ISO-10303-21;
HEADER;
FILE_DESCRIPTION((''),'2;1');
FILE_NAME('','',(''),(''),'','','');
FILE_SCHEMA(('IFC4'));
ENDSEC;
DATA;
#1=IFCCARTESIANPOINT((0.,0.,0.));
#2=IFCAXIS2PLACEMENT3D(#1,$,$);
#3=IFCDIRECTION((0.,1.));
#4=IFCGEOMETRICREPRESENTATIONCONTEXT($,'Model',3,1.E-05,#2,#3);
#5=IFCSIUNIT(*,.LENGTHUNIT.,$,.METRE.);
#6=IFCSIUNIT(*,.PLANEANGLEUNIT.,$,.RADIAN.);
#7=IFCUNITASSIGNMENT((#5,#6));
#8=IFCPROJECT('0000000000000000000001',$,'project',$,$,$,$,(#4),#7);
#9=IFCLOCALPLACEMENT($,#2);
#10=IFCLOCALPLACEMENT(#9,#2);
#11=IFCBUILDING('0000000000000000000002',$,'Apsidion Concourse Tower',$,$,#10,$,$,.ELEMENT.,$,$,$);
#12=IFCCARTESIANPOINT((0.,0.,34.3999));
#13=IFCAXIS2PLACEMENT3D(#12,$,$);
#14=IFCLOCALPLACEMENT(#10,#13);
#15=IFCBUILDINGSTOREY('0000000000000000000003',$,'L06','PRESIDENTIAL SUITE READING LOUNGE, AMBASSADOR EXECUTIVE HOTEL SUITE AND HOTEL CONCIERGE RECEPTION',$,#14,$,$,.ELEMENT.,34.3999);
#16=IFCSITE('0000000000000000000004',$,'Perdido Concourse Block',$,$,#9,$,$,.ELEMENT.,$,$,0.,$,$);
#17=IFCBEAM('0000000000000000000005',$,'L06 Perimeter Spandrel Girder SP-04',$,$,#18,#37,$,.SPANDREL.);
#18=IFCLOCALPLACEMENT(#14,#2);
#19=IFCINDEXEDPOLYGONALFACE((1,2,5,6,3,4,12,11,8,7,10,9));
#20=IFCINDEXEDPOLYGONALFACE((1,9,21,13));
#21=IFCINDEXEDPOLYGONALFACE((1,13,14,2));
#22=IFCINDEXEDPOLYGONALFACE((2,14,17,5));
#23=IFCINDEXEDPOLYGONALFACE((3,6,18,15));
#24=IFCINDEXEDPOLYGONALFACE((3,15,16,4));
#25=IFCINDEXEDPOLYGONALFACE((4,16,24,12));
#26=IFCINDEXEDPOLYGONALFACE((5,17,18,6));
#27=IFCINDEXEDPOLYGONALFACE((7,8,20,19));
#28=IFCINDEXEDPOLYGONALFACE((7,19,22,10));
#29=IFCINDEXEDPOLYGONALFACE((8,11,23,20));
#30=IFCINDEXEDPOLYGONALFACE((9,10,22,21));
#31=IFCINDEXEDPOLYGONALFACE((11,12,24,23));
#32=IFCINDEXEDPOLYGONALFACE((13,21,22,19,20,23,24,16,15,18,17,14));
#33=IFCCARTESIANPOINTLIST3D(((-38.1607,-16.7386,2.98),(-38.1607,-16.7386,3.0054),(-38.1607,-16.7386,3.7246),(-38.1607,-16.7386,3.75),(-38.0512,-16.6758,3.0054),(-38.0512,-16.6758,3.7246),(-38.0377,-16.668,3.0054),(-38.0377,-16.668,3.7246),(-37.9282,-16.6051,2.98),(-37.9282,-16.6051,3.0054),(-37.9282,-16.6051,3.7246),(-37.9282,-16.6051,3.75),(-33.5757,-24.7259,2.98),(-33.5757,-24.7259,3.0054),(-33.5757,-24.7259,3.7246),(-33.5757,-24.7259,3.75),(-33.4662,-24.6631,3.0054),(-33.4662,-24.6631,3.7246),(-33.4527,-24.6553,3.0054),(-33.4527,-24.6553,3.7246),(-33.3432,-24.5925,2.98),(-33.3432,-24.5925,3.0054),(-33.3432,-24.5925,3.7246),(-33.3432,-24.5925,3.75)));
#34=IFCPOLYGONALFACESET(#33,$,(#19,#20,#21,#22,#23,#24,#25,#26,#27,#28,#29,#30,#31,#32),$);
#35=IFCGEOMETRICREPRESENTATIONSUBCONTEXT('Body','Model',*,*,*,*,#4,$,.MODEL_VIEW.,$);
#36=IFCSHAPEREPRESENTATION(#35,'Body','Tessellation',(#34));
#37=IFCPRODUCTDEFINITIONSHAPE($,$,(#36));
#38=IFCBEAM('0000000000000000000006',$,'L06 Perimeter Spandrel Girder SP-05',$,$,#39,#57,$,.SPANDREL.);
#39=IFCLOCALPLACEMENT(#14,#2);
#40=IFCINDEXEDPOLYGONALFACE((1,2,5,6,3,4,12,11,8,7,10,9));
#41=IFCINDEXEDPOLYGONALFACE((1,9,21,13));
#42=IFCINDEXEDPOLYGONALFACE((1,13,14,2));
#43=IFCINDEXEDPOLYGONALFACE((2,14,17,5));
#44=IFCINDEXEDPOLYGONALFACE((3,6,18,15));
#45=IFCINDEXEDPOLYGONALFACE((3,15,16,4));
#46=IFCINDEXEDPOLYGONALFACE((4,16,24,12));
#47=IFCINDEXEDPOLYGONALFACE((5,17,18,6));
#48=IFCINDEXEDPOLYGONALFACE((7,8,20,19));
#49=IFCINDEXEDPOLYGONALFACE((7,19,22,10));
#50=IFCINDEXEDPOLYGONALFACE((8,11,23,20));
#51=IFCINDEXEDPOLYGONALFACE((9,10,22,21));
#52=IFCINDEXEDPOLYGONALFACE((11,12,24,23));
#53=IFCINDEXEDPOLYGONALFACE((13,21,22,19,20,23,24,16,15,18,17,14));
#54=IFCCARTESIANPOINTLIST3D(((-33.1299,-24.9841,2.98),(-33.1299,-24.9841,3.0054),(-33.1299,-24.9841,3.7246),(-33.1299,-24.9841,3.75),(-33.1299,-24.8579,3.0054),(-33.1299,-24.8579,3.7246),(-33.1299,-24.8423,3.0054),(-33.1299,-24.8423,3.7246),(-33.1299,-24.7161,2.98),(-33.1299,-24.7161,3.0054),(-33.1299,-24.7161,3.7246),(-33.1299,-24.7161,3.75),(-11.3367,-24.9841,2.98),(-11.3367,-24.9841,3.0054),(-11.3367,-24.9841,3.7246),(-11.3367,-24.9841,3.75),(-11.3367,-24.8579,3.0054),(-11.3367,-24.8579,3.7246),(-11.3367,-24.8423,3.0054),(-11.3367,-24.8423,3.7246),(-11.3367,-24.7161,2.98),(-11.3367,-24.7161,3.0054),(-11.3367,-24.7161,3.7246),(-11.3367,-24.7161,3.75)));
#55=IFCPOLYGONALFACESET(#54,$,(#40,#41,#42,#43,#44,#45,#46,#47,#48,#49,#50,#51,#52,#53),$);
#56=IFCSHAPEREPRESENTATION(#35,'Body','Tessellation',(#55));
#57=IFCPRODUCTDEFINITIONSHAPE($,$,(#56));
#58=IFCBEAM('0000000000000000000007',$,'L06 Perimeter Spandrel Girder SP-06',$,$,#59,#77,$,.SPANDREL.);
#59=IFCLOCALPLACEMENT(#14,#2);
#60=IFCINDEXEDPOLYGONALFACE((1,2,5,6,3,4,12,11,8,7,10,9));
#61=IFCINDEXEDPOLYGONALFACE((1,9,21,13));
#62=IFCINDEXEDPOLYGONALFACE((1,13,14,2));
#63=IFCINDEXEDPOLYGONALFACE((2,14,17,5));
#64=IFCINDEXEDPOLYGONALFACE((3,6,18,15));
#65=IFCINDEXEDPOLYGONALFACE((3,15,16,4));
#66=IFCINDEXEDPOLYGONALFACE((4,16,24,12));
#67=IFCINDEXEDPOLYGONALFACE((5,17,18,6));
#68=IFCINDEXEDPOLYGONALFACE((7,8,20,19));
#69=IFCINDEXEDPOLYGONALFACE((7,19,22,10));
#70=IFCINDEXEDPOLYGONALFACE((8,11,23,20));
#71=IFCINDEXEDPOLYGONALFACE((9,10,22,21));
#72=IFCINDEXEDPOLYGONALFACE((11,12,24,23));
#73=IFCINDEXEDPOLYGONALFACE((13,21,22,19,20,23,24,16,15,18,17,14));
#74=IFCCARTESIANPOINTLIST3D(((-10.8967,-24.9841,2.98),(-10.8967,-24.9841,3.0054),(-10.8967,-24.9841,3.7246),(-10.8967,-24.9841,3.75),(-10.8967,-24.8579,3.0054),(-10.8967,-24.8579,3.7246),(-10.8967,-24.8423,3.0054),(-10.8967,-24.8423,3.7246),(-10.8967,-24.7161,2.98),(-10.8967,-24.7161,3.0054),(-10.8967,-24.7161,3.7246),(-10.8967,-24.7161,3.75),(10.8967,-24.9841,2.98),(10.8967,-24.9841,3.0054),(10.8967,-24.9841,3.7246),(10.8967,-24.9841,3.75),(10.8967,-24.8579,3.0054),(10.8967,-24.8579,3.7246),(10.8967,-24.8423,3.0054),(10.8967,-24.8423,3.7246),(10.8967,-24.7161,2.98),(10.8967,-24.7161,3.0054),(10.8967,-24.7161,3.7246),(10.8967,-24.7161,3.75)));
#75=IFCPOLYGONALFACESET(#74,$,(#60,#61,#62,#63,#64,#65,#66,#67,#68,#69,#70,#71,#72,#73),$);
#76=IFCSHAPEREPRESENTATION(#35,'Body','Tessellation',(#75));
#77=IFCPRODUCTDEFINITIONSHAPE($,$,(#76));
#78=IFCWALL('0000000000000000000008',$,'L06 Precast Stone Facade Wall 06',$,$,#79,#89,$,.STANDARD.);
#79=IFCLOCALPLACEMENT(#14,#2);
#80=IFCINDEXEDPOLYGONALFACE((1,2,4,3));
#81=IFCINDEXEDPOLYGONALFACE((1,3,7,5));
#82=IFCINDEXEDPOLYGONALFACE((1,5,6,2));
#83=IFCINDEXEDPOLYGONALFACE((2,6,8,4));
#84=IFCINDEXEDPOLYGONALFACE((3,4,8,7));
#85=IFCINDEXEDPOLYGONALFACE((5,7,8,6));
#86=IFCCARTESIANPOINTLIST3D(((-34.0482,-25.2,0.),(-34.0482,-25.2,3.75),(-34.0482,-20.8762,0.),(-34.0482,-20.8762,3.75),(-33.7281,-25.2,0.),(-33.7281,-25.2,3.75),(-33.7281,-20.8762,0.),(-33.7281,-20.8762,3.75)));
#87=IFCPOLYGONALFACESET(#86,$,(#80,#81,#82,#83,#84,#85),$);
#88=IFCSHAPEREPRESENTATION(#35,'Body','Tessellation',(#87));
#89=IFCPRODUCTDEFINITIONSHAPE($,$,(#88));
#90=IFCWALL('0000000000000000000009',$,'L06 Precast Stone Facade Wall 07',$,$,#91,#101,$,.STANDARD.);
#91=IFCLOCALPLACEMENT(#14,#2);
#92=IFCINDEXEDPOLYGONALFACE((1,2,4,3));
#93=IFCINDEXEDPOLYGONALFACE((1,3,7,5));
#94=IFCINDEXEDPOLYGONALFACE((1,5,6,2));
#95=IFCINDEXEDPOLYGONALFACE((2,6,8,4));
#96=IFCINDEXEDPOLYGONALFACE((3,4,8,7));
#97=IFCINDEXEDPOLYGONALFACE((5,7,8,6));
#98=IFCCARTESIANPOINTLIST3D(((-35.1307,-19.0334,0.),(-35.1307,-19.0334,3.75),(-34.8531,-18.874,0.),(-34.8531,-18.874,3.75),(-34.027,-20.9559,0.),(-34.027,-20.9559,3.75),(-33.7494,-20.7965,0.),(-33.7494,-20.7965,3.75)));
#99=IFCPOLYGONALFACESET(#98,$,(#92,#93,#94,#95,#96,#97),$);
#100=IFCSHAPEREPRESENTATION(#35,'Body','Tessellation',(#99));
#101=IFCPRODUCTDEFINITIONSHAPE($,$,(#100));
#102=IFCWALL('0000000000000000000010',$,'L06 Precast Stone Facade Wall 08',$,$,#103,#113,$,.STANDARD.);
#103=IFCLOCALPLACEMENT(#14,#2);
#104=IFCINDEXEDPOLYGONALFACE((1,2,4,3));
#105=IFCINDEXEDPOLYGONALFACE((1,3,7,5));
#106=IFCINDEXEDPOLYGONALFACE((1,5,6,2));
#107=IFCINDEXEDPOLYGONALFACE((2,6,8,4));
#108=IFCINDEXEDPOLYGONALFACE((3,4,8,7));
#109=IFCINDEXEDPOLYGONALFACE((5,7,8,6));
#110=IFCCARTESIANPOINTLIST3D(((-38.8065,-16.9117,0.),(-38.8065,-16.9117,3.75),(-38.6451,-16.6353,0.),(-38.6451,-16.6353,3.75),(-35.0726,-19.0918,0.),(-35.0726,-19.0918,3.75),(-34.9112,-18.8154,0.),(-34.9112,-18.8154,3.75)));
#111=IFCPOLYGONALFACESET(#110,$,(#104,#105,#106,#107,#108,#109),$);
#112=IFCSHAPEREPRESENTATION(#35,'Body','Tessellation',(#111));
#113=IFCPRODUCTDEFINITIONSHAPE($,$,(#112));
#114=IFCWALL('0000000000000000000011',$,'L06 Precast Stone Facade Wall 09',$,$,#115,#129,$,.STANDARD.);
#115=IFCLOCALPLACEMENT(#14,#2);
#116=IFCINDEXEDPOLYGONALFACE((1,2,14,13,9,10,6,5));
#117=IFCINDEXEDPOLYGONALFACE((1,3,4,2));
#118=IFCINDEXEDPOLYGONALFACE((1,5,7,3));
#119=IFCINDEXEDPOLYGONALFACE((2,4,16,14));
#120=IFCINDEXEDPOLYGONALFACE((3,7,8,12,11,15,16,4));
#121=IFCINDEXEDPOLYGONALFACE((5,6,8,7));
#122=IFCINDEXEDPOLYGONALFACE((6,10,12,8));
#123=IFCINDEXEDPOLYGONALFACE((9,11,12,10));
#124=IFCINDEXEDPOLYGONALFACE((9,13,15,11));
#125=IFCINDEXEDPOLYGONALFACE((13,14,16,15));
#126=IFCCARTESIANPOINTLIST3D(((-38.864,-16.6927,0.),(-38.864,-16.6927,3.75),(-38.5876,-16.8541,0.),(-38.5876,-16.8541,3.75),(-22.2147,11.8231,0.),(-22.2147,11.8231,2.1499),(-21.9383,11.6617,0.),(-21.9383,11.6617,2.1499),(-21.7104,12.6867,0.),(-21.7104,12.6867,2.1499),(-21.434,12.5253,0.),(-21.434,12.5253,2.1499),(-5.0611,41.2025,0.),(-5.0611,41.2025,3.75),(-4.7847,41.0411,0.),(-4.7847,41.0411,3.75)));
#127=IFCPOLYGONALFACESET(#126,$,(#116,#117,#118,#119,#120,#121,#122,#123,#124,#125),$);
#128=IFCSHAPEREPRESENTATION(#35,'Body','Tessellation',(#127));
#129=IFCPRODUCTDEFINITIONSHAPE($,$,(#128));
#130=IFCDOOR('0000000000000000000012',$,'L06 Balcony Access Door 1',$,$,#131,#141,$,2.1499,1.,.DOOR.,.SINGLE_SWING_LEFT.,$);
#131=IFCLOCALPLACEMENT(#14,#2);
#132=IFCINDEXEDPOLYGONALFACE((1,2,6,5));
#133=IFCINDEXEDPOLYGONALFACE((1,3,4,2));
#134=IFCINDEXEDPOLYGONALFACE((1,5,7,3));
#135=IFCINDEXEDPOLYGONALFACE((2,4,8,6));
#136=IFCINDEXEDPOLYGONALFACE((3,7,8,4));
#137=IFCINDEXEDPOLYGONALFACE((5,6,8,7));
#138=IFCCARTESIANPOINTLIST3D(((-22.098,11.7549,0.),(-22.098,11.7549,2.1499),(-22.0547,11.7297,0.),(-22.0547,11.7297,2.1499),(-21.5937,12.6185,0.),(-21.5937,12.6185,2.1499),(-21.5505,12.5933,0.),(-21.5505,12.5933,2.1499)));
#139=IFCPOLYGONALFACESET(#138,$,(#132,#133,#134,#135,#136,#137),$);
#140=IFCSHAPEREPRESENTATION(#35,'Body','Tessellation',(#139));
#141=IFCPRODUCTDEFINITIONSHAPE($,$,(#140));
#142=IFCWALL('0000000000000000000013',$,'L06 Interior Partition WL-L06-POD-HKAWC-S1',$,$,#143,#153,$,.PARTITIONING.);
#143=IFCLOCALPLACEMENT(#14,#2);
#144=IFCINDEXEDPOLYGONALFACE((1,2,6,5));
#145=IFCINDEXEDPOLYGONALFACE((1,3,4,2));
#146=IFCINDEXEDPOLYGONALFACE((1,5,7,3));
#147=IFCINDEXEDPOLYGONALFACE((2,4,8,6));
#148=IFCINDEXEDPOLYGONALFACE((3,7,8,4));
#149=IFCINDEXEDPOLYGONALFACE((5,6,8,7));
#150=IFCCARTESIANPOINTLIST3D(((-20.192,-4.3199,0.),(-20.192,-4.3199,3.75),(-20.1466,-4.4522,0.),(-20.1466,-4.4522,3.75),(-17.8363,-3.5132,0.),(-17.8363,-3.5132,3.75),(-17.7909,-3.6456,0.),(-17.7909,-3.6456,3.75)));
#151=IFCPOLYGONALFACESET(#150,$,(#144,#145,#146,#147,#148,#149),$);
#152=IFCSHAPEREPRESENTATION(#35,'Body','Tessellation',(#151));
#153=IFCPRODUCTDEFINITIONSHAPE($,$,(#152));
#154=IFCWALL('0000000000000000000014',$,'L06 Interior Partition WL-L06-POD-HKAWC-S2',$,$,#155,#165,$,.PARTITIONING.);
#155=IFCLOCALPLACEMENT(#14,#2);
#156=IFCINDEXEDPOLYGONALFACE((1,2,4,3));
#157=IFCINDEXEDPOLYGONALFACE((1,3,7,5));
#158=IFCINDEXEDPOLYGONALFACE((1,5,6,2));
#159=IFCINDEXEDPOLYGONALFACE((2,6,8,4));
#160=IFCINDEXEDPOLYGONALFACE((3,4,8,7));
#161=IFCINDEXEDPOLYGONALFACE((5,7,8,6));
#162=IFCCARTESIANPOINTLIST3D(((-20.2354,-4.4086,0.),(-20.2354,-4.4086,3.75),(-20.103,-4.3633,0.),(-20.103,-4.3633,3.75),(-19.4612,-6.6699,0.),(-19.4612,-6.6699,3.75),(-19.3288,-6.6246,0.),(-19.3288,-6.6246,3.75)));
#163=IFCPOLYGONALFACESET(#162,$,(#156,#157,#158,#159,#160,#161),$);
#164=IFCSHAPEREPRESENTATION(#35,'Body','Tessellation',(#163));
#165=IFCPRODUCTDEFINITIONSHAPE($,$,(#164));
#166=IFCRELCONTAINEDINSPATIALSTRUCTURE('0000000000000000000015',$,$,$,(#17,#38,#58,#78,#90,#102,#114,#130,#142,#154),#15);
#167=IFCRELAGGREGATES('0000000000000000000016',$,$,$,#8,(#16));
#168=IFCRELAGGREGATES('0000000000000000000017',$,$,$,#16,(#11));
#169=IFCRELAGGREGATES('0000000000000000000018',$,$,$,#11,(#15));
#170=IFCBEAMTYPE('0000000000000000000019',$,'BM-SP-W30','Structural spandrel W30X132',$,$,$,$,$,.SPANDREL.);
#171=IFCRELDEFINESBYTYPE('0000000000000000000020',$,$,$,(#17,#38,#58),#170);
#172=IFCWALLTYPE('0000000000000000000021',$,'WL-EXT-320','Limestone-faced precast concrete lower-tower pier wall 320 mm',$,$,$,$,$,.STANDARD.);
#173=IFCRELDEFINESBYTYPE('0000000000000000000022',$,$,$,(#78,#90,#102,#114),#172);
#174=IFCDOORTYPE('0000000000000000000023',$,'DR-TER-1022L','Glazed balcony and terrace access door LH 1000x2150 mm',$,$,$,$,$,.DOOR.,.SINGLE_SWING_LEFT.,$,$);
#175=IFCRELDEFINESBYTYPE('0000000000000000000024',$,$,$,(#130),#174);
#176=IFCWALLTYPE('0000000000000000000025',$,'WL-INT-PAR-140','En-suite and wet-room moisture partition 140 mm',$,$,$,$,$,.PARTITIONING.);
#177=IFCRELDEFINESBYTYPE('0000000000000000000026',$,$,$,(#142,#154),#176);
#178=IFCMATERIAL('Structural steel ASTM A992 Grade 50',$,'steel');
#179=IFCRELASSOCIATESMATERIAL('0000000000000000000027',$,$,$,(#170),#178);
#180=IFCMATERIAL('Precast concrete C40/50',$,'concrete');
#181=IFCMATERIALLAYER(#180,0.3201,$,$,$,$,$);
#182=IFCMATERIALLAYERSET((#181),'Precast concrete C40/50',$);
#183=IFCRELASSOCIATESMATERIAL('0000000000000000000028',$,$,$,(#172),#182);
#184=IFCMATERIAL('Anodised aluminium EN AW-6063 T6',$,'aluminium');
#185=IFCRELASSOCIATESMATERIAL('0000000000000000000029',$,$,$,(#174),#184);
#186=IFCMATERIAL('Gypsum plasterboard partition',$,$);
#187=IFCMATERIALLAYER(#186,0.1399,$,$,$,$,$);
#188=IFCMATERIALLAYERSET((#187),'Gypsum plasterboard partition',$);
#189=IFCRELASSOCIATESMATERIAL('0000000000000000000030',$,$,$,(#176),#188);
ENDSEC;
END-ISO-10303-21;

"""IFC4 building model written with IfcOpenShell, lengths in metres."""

from ifc_helpers import new_model, si_unit, direction, frame, frame_2d, origin, origin_2d, place, context, subcontext, project, spatial, rectangle, i_section, extrude, material, layer, layer_set, material_profile, profile_set, type_object, element, fill, save


model = new_model("IFC4")

# Units and contexts
model_context = context("Model", 3, precision=1e-05, world=origin(), true_north=direction((0.0, 1.0)))
body_context = subcontext(model_context, "Body", "Model", "MODEL_VIEW")
ifc_project = project(units=[si_unit("LENGTHUNIT", "METRE"), si_unit("PLANEANGLEUNIT", "RADIAN")], contexts=[model_context])

# Site, building, storey
site_placement = place(None, origin())
site = spatial("IfcSite", under=ifc_project, at=site_placement, Name="Perdido Concourse Block", CompositionType="ELEMENT", RefElevation=0.0)
building_placement = place(site_placement, origin())
building = spatial("IfcBuilding", under=site, at=building_placement, Name="Apsidion Concourse Tower", CompositionType="ELEMENT")
storey_placement = place(building_placement, frame((0.0, 0.0, 34.3999)))
storey = spatial("IfcBuildingStorey", under=building, at=storey_placement, Name="L06", Description="PRESIDENTIAL SUITE READING LOUNGE, AMBASSADOR EXECUTIVE HOTEL SUITE AND HOTEL CONCIERGE RECEPTION", CompositionType="ELEMENT", Elevation=34.3999)

# Beams
ifc_material_1 = material(Name="Structural steel ASTM A992 Grade 50", Category="steel")
ifc_material_profile_1 = material_profile(ifc_material_1, i_section(OverallWidth=0.2681, OverallDepth=0.77, WebThickness=0.0156, FlangeThickness=0.0254, at=origin_2d()), Name="W30X132")
ifc_profile_set_1 = profile_set([ifc_material_profile_1], Name="Structural steel ASTM A992 Grade 50")
beam_type_1 = type_object("IfcBeamType", Name="BM-SP-W30", Description="Structural spandrel W30X132", PredefinedType="SPANDREL", material=ifc_profile_set_1)
beam_1_placement = place(storey_placement, frame((-38.0444, -16.6719, 3.365), z_axis=(0.497839, -0.867269, 0.0), x_axis=(0.867269, 0.497839, 0.0)))
element("IfcBeam", 1, at=beam_1_placement, inside=storey, type_object=beam_type_1, Name="L06 Perimeter Spandrel Girder SP-04", PredefinedType="SPANDREL", context=body_context, shape_type="SweptSolid", body=[
    extrude(i_section(OverallWidth=0.2681, OverallDepth=0.77, WebThickness=0.0156, FlangeThickness=0.0254, at=origin_2d()), origin(), (0.0, 0.0, 1.0), 9.2097),
])
beam_2_placement = place(storey_placement, frame((-33.1299, -24.8501, 3.365), z_axis=(1.0, 0.0, 0.0), x_axis=(0.0, 1.0, 0.0)))
element("IfcBeam", 2, at=beam_2_placement, inside=storey, type_object=beam_type_1, Name="L06 Perimeter Spandrel Girder SP-05", PredefinedType="SPANDREL", context=body_context, shape_type="SweptSolid", body=[
    extrude(i_section(OverallWidth=0.2681, OverallDepth=0.77, WebThickness=0.0156, FlangeThickness=0.0254, at=origin_2d()), origin(), (0.0, 0.0, 1.0), 21.7932),
])
beam_3_placement = place(storey_placement, frame((-10.8967, -24.8501, 3.365), z_axis=(1.0, 0.0, 0.0), x_axis=(0.0, 1.0, 0.0)))
element("IfcBeam", 3, at=beam_3_placement, inside=storey, type_object=beam_type_1, Name="L06 Perimeter Spandrel Girder SP-06", PredefinedType="SPANDREL", context=body_context, shape_type="SweptSolid", body=[
    extrude(i_section(OverallWidth=0.2681, OverallDepth=0.77, WebThickness=0.0156, FlangeThickness=0.0254, at=origin_2d()), origin(), (0.0, 0.0, 1.0), 21.7935),
])

# Walls
ifc_material_2 = material(Name="Precast concrete C40/50", Category="concrete")
ifc_layer_1 = layer(ifc_material_2, 0.3201)
ifc_layer_set_1 = layer_set([ifc_layer_1], Name="Precast concrete C40/50")
wall_type_1 = type_object("IfcWallType", Name="WL-EXT-320", Description="Limestone-faced precast concrete lower-tower pier wall 320 mm", PredefinedType="STANDARD", material=ifc_layer_set_1)
wall_1_placement = place(storey_placement, frame((-33.8882, -25.2, 0.0), z_axis=(0.0, 0.0, 1.0), x_axis=(0.0, 1.0, 0.0)))
element("IfcWall", 4, at=wall_1_placement, inside=storey, type_object=wall_type_1, Name="L06 Precast Stone Facade Wall 06", PredefinedType="STANDARD", context=body_context, shape_type="SweptSolid", body=[
    extrude(rectangle(XDim=4.3237, YDim=0.3201, at=frame_2d((2.1619, 0.0))), origin(), (0.0, 0.0, 1.0), 3.75),
])
wall_2_placement = place(storey_placement, frame((-33.8882, -20.8762, 0.0), z_axis=(0.0, 0.0, 1.0), x_axis=(-0.497881, 0.867245, 0.0)))
element("IfcWall", 5, at=wall_2_placement, inside=storey, type_object=wall_type_1, Name="L06 Precast Stone Facade Wall 07", PredefinedType="STANDARD", context=body_context, shape_type="SweptSolid", body=[
    extrude(rectangle(XDim=2.2168, YDim=0.3201, at=frame_2d((1.1084, 0.0))), origin(), (0.0, 0.0, 1.0), 3.75),
])
wall_3_placement = place(storey_placement, frame((-34.9919, -18.9536, 0.0), z_axis=(0.0, 0.0, 1.0), x_axis=(-0.86357, 0.504229, 0.0)))
element("IfcWall", 6, at=wall_3_placement, inside=storey, type_object=wall_type_1, Name="L06 Precast Stone Facade Wall 08", PredefinedType="STANDARD", context=body_context, shape_type="SweptSolid", body=[
    extrude(rectangle(XDim=4.3237, YDim=0.3201, at=frame_2d((2.1619, 0.0))), origin(), (0.0, 0.0, 1.0), 3.75),
])

# Wall, opening, door
wall_4_placement = place(storey_placement, frame((-38.7258, -16.7734, 0.0), z_axis=(0.0, 0.0, 1.0), x_axis=(0.504213, 0.863579, 0.0)))
wall_4 = element("IfcWall", 7, at=wall_4_placement, inside=storey, type_object=wall_type_1, Name="L06 Precast Stone Facade Wall 09", PredefinedType="STANDARD", context=body_context, shape_type="SweptSolid", body=[
    extrude(rectangle(XDim=67.041, YDim=0.3201, at=frame_2d((33.5205, 0.0))), origin(), (0.0, 0.0, 1.0), 3.75),
])
opening_1_placement = place(wall_4_placement, frame((33.0205, 0.0, 0.0)))
opening_1 = element("IfcOpeningElement", 8, at=opening_1_placement, cuts=wall_4, PredefinedType="OPENING", context=body_context, shape_type="SweptSolid", body=[
    extrude(rectangle(XDim=1.0, YDim=2.1499, at=frame_2d((0.5, 1.075))), frame((0.0, 0.1699, 0.0), z_axis=(0.0, -1.0, 0.0), x_axis=(1.0, 0.0, 0.0)), (0.0, 0.0, 1.0), 0.3401),
])
ifc_material_3 = material(Name="Anodised aluminium EN AW-6063 T6", Category="aluminium")
door_type_1 = type_object("IfcDoorType", Name="DR-TER-1022L", Description="Glazed balcony and terrace access door LH 1000x2150 mm", OperationType="SINGLE_SWING_LEFT", PredefinedType="DOOR", material=ifc_material_3)
door_1_placement = place(opening_1_placement, origin())
door_1 = element("IfcDoor", 9, at=door_1_placement, inside=storey, type_object=door_type_1, Name="L06 Balcony Access Door 1", OperationType="SINGLE_SWING_LEFT", OverallHeight=2.1499, OverallWidth=1.0, PredefinedType="DOOR", context=body_context, shape_type="SweptSolid", body=[
    extrude(rectangle(XDim=1.0, YDim=2.1499, at=frame_2d((0.5, 1.075))), frame((0.0, 0.0249, 0.0), z_axis=(0.0, -1.0, 0.0), x_axis=(1.0, 0.0, 0.0)), (0.0, 0.0, 1.0), 0.05),
])
fill(opening_1, door_1)

# Walls
ifc_material_4 = material(Name="Gypsum plasterboard partition")
ifc_layer_2 = layer(ifc_material_4, 0.1399)
ifc_layer_set_2 = layer_set([ifc_layer_2], Name="Gypsum plasterboard partition")
wall_type_2 = type_object("IfcWallType", Name="WL-INT-PAR-140", Description="En-suite and wet-room moisture partition 140 mm", PredefinedType="PARTITIONING", material=ifc_layer_set_2)
wall_5_placement = place(storey_placement, frame((-17.8135, -3.5793, 0.0), z_axis=(0.0, 0.0, 1.0), x_axis=(-0.946073, -0.323953, 0.0)))
element("IfcWall", 10, at=wall_5_placement, inside=storey, type_object=wall_type_2, Name="L06 Interior Partition WL-L06-POD-HKAWC-S1", PredefinedType="PARTITIONING", context=body_context, shape_type="SweptSolid", body=[
    extrude(rectangle(XDim=2.49, YDim=0.1399, at=frame_2d((1.2451, 0.0))), origin(), (0.0, 0.0, 1.0), 3.75),
])
wall_6_placement = place(storey_placement, frame((-20.1692, -4.386, 0.0), z_axis=(0.0, 0.0, 1.0), x_axis=(0.323909, -0.946088, 0.0)))
element("IfcWall", 11, at=wall_6_placement, inside=storey, type_object=wall_type_2, Name="L06 Interior Partition WL-L06-POD-HKAWC-S2", PredefinedType="PARTITIONING", context=body_context, shape_type="SweptSolid", body=[
    extrude(rectangle(XDim=2.3901, YDim=0.1399, at=frame_2d((1.1951, 0.0))), origin(), (0.0, 0.0, 1.0), 3.75),
])

save(model, "model.ifc")
